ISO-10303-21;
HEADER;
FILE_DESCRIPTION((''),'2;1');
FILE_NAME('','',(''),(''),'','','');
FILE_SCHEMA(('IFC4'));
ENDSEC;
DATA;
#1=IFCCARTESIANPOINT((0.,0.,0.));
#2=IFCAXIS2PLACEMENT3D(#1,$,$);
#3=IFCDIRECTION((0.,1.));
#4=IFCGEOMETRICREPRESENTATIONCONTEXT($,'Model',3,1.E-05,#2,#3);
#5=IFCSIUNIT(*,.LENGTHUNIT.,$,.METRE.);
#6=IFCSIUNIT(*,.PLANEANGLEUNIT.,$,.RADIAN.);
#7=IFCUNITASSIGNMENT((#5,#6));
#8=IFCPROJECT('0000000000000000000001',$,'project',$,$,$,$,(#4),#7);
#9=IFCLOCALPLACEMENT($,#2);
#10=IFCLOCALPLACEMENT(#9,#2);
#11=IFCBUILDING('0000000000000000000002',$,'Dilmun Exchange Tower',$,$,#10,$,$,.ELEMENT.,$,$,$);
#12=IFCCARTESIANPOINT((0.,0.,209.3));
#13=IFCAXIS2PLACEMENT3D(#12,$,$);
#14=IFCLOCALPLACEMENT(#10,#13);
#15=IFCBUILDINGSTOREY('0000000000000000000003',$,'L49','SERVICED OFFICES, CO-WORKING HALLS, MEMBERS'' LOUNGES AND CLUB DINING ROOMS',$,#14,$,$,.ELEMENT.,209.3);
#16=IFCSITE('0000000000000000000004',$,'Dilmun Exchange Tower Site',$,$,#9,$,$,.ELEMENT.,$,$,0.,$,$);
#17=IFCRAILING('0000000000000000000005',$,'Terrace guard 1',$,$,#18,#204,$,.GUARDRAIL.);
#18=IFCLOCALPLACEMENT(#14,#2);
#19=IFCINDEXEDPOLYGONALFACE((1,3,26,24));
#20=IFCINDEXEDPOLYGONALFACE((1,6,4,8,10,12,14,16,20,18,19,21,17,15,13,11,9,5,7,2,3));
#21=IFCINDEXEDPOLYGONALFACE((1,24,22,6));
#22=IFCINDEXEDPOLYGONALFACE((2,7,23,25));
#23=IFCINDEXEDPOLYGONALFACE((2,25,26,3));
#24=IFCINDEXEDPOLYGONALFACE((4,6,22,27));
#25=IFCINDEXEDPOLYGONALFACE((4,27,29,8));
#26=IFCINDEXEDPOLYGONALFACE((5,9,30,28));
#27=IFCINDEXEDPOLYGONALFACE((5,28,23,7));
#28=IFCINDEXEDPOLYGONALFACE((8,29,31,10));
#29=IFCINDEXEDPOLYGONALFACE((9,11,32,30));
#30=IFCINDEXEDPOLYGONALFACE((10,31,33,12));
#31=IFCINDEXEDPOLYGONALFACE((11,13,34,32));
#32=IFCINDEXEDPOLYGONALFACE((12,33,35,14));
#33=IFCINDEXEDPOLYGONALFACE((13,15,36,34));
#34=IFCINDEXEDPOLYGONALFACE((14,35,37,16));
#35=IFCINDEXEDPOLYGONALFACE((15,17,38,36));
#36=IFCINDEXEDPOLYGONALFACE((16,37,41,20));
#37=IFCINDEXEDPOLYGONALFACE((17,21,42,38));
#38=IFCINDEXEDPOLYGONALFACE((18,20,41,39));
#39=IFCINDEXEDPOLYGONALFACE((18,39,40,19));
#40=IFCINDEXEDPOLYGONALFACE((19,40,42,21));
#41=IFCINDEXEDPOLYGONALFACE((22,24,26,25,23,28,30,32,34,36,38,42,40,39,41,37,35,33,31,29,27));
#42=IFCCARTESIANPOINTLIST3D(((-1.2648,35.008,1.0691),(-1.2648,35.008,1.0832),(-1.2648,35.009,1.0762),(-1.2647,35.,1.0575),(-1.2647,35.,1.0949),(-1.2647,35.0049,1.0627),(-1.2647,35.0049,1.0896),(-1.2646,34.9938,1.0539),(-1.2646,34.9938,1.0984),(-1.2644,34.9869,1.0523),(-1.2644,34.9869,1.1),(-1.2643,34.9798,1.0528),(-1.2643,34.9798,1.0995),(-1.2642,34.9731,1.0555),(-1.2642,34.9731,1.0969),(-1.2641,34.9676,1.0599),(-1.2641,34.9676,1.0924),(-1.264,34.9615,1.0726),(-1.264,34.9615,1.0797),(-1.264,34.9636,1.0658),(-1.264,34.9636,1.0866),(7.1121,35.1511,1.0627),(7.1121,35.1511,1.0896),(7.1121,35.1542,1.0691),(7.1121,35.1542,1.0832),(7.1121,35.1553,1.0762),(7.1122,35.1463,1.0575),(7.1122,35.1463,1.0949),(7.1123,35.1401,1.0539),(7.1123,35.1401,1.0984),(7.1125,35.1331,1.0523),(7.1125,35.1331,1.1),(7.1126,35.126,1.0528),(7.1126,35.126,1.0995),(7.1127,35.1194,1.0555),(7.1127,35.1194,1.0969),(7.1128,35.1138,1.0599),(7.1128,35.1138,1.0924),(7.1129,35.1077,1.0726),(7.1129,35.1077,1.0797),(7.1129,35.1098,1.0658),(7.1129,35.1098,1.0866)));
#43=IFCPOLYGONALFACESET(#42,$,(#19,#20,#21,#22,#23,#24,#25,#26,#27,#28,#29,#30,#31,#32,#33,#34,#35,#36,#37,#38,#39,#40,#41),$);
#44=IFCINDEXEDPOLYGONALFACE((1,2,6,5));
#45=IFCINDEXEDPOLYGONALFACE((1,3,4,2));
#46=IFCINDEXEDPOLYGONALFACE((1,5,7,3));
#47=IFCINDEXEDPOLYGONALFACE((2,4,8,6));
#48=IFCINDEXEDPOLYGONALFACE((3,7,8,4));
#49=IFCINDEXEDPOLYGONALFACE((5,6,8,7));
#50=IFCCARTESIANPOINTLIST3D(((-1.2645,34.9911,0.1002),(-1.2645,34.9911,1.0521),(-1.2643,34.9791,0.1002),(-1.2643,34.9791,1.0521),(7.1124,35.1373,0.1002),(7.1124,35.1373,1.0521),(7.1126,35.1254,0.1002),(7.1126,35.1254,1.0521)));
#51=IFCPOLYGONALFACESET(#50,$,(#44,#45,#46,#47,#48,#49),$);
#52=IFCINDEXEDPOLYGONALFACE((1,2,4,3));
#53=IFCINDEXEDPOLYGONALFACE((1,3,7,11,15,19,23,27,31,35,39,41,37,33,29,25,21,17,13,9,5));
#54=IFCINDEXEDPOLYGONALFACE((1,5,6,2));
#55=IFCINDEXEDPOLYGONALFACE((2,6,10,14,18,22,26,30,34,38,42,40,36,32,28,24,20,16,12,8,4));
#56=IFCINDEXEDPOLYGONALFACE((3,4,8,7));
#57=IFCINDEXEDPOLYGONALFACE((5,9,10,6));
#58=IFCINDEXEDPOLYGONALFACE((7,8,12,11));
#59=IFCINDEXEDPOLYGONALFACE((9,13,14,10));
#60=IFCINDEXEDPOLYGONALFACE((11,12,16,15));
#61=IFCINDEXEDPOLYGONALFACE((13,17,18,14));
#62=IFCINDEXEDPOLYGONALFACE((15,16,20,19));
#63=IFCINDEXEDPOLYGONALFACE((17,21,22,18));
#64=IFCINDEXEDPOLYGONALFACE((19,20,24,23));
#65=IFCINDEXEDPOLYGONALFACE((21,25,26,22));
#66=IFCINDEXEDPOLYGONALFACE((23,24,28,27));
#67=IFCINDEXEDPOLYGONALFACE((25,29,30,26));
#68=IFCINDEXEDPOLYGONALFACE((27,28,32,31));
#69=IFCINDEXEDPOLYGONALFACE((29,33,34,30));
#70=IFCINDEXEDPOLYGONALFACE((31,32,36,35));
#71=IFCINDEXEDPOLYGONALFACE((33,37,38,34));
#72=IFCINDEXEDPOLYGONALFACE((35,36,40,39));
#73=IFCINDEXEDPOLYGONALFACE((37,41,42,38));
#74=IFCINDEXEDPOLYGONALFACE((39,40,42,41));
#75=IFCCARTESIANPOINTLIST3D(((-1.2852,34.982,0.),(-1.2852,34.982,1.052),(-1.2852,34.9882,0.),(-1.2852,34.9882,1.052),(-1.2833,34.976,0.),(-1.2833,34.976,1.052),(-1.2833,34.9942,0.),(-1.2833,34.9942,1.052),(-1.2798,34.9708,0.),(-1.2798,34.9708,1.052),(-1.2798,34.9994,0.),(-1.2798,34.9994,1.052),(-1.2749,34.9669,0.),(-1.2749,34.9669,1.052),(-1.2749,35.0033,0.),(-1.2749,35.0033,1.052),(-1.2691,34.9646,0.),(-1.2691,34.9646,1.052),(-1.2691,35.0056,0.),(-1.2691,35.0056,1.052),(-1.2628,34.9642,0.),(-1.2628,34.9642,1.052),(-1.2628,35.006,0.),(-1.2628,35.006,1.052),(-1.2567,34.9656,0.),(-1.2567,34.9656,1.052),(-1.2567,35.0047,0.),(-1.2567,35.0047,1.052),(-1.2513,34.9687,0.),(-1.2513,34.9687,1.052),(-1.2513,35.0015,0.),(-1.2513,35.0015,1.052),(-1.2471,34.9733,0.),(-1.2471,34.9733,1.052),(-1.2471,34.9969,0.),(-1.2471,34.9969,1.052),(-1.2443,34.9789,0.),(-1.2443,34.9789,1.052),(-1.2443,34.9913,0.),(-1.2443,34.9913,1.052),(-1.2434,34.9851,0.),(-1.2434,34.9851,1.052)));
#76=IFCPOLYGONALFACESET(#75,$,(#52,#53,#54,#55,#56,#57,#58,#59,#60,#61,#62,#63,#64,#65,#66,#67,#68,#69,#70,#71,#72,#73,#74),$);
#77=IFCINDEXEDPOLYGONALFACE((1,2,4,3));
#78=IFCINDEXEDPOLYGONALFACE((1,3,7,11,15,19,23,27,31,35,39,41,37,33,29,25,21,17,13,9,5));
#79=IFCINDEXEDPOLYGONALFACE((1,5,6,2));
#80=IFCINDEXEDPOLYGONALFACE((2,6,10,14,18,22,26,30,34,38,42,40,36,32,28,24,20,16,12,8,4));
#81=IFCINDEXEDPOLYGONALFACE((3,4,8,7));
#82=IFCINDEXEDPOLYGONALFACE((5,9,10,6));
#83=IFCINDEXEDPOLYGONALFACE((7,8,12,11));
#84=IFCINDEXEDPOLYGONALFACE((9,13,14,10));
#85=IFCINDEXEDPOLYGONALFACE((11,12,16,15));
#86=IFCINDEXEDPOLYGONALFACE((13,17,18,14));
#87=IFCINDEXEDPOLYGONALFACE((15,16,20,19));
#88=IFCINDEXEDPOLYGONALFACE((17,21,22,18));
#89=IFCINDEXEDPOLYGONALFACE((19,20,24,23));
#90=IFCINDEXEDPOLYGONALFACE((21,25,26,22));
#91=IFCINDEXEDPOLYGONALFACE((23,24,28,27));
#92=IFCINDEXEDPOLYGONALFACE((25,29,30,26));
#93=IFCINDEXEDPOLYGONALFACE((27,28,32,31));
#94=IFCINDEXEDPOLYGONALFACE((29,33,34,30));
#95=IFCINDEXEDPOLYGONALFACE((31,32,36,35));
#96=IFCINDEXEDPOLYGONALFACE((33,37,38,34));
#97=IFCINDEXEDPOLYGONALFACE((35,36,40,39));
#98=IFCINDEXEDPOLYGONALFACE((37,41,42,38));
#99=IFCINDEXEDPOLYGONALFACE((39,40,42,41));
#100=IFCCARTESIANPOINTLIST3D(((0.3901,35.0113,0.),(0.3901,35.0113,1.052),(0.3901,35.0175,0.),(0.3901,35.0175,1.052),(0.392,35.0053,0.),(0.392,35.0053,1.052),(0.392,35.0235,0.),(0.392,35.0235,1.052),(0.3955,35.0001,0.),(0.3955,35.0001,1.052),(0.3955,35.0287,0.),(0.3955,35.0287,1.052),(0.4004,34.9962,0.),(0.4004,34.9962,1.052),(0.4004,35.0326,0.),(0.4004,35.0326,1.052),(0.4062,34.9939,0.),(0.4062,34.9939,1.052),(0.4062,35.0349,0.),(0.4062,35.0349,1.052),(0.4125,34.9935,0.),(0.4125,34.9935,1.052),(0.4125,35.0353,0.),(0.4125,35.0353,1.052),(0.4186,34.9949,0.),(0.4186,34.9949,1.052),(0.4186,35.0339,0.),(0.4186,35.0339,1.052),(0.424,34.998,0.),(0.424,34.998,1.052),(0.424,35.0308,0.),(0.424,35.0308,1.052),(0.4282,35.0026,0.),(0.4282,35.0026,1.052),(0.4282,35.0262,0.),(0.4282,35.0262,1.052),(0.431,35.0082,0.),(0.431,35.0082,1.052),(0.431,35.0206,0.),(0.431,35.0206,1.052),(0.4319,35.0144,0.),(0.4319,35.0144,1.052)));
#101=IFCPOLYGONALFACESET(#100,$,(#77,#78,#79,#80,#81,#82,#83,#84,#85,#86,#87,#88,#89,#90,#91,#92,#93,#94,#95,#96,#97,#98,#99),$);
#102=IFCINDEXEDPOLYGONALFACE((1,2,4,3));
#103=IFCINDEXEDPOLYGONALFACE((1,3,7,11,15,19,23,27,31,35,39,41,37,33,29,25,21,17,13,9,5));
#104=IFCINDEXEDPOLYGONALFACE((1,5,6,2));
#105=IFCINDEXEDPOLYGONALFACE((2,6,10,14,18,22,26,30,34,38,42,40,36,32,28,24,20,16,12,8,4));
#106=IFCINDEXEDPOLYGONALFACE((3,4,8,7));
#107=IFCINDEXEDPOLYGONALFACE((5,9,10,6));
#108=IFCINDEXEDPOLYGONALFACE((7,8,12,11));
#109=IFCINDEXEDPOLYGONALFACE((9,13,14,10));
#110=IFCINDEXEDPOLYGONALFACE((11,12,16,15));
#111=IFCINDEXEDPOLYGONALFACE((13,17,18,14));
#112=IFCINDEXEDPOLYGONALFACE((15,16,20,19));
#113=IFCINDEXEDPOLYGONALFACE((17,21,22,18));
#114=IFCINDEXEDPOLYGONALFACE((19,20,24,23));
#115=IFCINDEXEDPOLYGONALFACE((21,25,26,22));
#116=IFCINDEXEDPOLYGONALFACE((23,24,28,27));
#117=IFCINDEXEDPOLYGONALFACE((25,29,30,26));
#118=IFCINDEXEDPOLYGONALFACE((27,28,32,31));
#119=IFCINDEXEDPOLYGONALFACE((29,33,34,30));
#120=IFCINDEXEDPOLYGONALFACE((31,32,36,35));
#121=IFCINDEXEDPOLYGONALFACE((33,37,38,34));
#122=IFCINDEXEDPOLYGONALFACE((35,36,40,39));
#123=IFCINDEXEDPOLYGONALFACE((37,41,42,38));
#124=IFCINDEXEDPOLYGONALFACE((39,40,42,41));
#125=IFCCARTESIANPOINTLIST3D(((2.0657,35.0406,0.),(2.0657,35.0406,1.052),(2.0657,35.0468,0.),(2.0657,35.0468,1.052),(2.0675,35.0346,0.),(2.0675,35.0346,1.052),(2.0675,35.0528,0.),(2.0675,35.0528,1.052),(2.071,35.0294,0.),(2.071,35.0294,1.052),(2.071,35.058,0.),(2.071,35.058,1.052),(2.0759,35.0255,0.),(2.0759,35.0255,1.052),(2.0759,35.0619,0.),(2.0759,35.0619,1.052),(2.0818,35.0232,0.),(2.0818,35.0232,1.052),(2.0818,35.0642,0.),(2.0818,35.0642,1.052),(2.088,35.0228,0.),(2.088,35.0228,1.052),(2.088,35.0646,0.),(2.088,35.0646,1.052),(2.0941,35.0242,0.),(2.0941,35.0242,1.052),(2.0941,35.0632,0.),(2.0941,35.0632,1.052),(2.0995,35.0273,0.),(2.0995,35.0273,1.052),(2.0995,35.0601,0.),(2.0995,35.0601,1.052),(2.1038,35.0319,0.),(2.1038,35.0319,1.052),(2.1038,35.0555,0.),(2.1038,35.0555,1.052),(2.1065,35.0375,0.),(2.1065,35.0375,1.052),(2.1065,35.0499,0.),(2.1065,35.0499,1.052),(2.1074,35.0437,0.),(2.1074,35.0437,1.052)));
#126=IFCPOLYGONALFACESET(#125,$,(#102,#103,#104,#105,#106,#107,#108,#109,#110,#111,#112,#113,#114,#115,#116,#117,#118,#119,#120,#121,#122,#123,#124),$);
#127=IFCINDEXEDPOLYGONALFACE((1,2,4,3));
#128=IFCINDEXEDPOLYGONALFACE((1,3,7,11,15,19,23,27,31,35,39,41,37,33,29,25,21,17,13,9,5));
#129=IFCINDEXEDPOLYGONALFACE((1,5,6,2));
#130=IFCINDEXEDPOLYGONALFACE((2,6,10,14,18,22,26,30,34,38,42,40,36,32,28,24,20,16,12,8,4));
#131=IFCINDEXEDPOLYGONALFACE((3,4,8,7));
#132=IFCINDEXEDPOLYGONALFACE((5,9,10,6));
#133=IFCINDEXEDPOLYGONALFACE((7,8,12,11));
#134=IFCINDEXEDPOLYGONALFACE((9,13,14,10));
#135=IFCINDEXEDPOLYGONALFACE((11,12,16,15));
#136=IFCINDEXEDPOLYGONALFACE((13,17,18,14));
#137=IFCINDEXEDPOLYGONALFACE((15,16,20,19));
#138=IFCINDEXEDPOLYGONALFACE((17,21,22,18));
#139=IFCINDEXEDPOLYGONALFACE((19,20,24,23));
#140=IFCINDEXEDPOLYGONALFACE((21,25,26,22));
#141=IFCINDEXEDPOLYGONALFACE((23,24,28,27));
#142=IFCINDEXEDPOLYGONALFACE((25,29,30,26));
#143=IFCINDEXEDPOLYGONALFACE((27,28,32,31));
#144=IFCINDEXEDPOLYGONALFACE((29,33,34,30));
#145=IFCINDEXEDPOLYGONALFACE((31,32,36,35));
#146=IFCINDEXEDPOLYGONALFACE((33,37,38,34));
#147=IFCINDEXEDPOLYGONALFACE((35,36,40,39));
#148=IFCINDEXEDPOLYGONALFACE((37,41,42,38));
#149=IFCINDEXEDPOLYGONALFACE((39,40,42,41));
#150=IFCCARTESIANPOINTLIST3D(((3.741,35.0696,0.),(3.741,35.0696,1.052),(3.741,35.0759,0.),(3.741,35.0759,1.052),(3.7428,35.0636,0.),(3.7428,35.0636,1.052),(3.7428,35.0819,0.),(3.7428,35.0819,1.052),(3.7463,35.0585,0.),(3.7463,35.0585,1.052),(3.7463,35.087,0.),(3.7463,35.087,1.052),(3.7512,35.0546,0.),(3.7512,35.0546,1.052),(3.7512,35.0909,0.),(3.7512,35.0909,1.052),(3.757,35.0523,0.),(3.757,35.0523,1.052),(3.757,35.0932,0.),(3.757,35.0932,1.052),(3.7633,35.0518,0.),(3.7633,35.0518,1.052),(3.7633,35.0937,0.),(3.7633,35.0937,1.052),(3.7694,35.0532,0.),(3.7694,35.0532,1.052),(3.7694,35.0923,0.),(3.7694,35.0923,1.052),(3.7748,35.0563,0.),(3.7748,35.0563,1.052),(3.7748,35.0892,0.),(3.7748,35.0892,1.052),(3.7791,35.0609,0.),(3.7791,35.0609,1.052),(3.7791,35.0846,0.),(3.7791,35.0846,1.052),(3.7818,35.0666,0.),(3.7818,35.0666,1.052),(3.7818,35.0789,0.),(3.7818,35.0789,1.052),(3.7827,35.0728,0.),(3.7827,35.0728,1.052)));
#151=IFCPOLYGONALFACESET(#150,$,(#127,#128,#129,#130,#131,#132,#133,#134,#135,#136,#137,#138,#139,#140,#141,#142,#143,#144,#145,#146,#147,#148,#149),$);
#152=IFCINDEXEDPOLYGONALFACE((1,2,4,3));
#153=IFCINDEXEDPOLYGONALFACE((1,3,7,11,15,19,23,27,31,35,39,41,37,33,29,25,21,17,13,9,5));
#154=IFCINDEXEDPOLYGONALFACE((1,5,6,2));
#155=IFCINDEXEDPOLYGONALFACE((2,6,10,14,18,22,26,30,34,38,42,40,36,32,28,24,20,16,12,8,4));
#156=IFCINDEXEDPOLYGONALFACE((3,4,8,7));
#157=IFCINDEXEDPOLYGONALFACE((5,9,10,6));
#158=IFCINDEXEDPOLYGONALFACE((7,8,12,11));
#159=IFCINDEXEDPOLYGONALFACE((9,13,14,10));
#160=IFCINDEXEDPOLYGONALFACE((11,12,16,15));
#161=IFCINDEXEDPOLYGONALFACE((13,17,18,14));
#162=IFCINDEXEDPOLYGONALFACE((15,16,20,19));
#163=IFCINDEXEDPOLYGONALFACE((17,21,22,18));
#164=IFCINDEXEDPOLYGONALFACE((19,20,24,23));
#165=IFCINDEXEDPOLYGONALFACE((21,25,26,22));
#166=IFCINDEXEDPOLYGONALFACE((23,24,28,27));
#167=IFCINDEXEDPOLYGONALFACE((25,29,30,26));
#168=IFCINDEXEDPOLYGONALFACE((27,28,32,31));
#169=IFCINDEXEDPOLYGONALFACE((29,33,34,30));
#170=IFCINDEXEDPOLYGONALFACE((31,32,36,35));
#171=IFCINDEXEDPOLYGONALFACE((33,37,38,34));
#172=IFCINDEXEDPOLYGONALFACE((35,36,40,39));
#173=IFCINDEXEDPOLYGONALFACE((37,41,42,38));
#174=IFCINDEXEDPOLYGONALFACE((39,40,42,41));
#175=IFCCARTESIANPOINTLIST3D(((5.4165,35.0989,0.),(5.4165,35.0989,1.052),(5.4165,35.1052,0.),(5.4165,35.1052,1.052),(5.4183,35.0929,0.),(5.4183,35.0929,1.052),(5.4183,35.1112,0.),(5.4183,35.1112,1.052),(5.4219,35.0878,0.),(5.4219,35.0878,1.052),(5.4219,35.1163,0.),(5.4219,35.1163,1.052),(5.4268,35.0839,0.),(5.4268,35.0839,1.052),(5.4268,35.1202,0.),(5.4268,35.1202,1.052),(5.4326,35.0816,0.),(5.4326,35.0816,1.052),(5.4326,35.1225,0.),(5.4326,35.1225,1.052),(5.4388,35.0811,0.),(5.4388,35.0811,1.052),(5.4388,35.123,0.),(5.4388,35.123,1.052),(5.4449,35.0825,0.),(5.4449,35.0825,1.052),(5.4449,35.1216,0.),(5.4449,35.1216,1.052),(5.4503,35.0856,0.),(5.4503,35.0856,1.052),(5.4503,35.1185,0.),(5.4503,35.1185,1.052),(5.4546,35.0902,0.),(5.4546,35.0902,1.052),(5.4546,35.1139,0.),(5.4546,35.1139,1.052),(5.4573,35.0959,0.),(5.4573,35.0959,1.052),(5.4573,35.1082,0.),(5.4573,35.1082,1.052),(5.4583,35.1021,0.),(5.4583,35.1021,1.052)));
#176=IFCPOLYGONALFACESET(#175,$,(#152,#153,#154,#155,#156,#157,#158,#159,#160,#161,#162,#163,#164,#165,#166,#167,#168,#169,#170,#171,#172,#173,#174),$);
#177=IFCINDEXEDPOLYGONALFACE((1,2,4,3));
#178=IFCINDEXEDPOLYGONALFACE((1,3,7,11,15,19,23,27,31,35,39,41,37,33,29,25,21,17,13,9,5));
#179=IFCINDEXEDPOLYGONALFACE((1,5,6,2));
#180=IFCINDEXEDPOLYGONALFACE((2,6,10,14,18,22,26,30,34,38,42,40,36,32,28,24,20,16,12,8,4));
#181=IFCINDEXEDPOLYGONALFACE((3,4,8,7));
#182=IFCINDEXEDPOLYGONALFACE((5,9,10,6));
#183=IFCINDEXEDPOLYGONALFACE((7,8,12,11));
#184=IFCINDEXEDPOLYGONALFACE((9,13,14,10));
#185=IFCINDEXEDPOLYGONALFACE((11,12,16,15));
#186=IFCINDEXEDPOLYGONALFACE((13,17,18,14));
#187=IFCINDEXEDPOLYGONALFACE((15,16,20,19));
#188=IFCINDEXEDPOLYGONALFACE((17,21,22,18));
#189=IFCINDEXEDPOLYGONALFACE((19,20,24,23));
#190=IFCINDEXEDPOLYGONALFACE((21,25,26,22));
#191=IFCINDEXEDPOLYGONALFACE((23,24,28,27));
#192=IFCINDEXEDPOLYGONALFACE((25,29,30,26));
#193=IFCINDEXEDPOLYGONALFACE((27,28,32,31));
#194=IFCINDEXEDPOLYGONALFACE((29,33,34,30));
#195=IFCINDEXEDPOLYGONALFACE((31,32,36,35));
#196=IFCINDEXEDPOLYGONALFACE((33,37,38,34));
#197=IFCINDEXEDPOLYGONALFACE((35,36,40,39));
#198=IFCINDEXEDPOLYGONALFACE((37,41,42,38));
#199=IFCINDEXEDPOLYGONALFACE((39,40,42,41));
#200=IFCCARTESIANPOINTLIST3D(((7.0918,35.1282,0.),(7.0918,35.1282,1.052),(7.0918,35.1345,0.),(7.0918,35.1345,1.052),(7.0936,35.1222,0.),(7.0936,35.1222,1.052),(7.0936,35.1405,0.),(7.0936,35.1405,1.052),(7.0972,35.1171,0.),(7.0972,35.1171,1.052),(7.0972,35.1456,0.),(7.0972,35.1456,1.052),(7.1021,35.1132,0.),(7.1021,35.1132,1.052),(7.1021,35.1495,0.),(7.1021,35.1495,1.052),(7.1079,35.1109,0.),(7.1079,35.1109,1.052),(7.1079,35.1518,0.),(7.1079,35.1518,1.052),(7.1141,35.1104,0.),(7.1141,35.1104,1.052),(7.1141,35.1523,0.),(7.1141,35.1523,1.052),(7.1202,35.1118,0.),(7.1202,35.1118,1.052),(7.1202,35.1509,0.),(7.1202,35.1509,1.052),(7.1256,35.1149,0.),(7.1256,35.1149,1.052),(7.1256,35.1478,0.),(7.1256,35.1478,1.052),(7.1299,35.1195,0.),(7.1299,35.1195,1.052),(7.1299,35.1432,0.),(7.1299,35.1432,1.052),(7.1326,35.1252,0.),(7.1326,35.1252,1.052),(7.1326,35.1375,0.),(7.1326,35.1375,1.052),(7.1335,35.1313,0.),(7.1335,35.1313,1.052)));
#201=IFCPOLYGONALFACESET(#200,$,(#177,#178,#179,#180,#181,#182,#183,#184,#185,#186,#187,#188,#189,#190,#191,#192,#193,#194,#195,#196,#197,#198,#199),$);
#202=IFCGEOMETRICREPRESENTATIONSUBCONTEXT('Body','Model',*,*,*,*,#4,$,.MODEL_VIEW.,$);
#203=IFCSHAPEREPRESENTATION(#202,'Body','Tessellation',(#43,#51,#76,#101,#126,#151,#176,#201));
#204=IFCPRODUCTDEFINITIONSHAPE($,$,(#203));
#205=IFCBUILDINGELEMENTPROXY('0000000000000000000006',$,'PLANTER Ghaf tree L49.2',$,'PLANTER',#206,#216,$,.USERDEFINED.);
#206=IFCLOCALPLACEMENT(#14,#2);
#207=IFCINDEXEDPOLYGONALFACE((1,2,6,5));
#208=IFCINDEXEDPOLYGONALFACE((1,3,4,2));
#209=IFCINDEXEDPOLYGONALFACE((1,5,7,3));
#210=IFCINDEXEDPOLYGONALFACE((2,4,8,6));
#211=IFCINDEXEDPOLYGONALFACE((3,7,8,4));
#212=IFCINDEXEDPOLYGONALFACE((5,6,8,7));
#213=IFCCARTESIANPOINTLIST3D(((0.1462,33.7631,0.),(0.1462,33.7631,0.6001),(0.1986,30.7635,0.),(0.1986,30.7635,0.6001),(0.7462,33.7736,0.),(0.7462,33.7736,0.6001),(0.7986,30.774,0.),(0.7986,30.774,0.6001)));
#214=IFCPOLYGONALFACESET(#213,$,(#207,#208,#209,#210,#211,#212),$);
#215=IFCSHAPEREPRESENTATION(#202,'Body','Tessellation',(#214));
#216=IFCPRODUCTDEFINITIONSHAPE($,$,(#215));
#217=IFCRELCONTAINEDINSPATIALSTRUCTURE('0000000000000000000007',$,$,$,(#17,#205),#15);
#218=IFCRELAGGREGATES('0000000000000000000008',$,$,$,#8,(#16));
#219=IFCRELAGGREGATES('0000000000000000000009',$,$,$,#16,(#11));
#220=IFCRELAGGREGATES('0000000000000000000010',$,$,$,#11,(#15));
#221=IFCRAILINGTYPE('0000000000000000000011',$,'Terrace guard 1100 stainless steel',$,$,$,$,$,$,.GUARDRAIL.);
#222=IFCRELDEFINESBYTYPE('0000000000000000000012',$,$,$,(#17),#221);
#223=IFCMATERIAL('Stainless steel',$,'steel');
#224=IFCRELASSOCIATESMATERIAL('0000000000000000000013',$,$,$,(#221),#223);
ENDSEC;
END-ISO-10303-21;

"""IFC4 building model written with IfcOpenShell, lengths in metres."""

from ifc_helpers import new_model, si_unit, direction, frame, origin, origin_2d, place, context, subcontext, project, spatial, rectangle, circle, extrude, material, type_object, element, save


model = new_model("IFC4")

# Units and contexts
model_context = context("Model", 3, precision=1e-05, world=origin(), true_north=direction((0.0, 1.0)))
body_context = subcontext(model_context, "Body", "Model", "MODEL_VIEW")
ifc_project = project(units=[si_unit("LENGTHUNIT", "METRE"), si_unit("PLANEANGLEUNIT", "RADIAN")], contexts=[model_context])

# Site, building, storey
site_placement = place(None, origin())
site = spatial("IfcSite", under=ifc_project, at=site_placement, Name="Dilmun Exchange Tower Site", CompositionType="ELEMENT", RefElevation=0.0)
building_placement = place(site_placement, origin())
building = spatial("IfcBuilding", under=site, at=building_placement, Name="Dilmun Exchange Tower", CompositionType="ELEMENT")
storey_placement = place(building_placement, frame((0.0, 0.0, 209.3)))
storey = spatial("IfcBuildingStorey", under=building, at=storey_placement, Name="L49", Description="SERVICED OFFICES, CO-WORKING HALLS, MEMBERS' LOUNGES AND CLUB DINING ROOMS", CompositionType="ELEMENT", Elevation=209.3)

# Railing
ifc_material_1 = material(Name="Stainless steel", Category="steel")
railing_type = type_object("IfcRailingType", Name="Terrace guard 1100 stainless steel", PredefinedType="GUARDRAIL", material=ifc_material_1)
railing_placement = place(storey_placement, frame((-1.2644, 34.9851, 0.0)))
element("IfcRailing", 1, at=railing_placement, inside=storey, type_object=railing_type, Name="Terrace guard 1", PredefinedType="GUARDRAIL", context=body_context, shape_type="SweptSolid", body=[
    extrude(circle(Radius=0.0239, at=origin_2d()), frame((0.0, 0.0, 1.0762), z_axis=(0.999848, 0.017455, 0.0), x_axis=(-0.017455, 0.999848, 0.0)), (0.0, 0.0, 1.0), 8.3782),
    extrude(rectangle(XDim=0.012, YDim=0.9519, at=origin_2d()), frame((0.0, 0.0, 0.5762), z_axis=(0.999848, 0.017455, 0.0), x_axis=(-0.017455, 0.999848, 0.0)), (0.0, 0.0, 1.0), 8.3782),
    extrude(circle(Radius=0.021, at=origin_2d()), origin(), (0.0, 0.0, 1.0), 1.052),
    extrude(circle(Radius=0.021, at=origin_2d()), frame((1.6753, 0.0293, 0.0)), (0.0, 0.0, 1.0), 1.052),
    extrude(circle(Radius=0.021, at=origin_2d()), frame((3.3508, 0.0586, 0.0)), (0.0, 0.0, 1.0), 1.052),
    extrude(circle(Radius=0.021, at=origin_2d()), frame((5.0261, 0.0876, 0.0)), (0.0, 0.0, 1.0), 1.052),
    extrude(circle(Radius=0.021, at=origin_2d()), frame((6.7017, 0.1169, 0.0)), (0.0, 0.0, 1.0), 1.052),
    extrude(circle(Radius=0.021, at=origin_2d()), frame((8.377, 0.1462, 0.0)), (0.0, 0.0, 1.0), 1.052),
])

# Building element proxy
proxy_placement = place(storey_placement, frame((0.4724, 32.2686, 0.0), z_axis=(0.0, 0.0, 1.0), x_axis=(-0.017452, 0.999848, 0.0)))
element("IfcBuildingElementProxy", 2, at=proxy_placement, inside=storey, Name="PLANTER Ghaf tree L49.2", ObjectType="PLANTER", PredefinedType="USERDEFINED", context=body_context, shape_type="SweptSolid", body=[
    extrude(rectangle(XDim=3.0, YDim=0.6001, at=origin_2d()), origin(), (0.0, 0.0, 1.0), 0.6001),
])

save(model, "model.ifc")
